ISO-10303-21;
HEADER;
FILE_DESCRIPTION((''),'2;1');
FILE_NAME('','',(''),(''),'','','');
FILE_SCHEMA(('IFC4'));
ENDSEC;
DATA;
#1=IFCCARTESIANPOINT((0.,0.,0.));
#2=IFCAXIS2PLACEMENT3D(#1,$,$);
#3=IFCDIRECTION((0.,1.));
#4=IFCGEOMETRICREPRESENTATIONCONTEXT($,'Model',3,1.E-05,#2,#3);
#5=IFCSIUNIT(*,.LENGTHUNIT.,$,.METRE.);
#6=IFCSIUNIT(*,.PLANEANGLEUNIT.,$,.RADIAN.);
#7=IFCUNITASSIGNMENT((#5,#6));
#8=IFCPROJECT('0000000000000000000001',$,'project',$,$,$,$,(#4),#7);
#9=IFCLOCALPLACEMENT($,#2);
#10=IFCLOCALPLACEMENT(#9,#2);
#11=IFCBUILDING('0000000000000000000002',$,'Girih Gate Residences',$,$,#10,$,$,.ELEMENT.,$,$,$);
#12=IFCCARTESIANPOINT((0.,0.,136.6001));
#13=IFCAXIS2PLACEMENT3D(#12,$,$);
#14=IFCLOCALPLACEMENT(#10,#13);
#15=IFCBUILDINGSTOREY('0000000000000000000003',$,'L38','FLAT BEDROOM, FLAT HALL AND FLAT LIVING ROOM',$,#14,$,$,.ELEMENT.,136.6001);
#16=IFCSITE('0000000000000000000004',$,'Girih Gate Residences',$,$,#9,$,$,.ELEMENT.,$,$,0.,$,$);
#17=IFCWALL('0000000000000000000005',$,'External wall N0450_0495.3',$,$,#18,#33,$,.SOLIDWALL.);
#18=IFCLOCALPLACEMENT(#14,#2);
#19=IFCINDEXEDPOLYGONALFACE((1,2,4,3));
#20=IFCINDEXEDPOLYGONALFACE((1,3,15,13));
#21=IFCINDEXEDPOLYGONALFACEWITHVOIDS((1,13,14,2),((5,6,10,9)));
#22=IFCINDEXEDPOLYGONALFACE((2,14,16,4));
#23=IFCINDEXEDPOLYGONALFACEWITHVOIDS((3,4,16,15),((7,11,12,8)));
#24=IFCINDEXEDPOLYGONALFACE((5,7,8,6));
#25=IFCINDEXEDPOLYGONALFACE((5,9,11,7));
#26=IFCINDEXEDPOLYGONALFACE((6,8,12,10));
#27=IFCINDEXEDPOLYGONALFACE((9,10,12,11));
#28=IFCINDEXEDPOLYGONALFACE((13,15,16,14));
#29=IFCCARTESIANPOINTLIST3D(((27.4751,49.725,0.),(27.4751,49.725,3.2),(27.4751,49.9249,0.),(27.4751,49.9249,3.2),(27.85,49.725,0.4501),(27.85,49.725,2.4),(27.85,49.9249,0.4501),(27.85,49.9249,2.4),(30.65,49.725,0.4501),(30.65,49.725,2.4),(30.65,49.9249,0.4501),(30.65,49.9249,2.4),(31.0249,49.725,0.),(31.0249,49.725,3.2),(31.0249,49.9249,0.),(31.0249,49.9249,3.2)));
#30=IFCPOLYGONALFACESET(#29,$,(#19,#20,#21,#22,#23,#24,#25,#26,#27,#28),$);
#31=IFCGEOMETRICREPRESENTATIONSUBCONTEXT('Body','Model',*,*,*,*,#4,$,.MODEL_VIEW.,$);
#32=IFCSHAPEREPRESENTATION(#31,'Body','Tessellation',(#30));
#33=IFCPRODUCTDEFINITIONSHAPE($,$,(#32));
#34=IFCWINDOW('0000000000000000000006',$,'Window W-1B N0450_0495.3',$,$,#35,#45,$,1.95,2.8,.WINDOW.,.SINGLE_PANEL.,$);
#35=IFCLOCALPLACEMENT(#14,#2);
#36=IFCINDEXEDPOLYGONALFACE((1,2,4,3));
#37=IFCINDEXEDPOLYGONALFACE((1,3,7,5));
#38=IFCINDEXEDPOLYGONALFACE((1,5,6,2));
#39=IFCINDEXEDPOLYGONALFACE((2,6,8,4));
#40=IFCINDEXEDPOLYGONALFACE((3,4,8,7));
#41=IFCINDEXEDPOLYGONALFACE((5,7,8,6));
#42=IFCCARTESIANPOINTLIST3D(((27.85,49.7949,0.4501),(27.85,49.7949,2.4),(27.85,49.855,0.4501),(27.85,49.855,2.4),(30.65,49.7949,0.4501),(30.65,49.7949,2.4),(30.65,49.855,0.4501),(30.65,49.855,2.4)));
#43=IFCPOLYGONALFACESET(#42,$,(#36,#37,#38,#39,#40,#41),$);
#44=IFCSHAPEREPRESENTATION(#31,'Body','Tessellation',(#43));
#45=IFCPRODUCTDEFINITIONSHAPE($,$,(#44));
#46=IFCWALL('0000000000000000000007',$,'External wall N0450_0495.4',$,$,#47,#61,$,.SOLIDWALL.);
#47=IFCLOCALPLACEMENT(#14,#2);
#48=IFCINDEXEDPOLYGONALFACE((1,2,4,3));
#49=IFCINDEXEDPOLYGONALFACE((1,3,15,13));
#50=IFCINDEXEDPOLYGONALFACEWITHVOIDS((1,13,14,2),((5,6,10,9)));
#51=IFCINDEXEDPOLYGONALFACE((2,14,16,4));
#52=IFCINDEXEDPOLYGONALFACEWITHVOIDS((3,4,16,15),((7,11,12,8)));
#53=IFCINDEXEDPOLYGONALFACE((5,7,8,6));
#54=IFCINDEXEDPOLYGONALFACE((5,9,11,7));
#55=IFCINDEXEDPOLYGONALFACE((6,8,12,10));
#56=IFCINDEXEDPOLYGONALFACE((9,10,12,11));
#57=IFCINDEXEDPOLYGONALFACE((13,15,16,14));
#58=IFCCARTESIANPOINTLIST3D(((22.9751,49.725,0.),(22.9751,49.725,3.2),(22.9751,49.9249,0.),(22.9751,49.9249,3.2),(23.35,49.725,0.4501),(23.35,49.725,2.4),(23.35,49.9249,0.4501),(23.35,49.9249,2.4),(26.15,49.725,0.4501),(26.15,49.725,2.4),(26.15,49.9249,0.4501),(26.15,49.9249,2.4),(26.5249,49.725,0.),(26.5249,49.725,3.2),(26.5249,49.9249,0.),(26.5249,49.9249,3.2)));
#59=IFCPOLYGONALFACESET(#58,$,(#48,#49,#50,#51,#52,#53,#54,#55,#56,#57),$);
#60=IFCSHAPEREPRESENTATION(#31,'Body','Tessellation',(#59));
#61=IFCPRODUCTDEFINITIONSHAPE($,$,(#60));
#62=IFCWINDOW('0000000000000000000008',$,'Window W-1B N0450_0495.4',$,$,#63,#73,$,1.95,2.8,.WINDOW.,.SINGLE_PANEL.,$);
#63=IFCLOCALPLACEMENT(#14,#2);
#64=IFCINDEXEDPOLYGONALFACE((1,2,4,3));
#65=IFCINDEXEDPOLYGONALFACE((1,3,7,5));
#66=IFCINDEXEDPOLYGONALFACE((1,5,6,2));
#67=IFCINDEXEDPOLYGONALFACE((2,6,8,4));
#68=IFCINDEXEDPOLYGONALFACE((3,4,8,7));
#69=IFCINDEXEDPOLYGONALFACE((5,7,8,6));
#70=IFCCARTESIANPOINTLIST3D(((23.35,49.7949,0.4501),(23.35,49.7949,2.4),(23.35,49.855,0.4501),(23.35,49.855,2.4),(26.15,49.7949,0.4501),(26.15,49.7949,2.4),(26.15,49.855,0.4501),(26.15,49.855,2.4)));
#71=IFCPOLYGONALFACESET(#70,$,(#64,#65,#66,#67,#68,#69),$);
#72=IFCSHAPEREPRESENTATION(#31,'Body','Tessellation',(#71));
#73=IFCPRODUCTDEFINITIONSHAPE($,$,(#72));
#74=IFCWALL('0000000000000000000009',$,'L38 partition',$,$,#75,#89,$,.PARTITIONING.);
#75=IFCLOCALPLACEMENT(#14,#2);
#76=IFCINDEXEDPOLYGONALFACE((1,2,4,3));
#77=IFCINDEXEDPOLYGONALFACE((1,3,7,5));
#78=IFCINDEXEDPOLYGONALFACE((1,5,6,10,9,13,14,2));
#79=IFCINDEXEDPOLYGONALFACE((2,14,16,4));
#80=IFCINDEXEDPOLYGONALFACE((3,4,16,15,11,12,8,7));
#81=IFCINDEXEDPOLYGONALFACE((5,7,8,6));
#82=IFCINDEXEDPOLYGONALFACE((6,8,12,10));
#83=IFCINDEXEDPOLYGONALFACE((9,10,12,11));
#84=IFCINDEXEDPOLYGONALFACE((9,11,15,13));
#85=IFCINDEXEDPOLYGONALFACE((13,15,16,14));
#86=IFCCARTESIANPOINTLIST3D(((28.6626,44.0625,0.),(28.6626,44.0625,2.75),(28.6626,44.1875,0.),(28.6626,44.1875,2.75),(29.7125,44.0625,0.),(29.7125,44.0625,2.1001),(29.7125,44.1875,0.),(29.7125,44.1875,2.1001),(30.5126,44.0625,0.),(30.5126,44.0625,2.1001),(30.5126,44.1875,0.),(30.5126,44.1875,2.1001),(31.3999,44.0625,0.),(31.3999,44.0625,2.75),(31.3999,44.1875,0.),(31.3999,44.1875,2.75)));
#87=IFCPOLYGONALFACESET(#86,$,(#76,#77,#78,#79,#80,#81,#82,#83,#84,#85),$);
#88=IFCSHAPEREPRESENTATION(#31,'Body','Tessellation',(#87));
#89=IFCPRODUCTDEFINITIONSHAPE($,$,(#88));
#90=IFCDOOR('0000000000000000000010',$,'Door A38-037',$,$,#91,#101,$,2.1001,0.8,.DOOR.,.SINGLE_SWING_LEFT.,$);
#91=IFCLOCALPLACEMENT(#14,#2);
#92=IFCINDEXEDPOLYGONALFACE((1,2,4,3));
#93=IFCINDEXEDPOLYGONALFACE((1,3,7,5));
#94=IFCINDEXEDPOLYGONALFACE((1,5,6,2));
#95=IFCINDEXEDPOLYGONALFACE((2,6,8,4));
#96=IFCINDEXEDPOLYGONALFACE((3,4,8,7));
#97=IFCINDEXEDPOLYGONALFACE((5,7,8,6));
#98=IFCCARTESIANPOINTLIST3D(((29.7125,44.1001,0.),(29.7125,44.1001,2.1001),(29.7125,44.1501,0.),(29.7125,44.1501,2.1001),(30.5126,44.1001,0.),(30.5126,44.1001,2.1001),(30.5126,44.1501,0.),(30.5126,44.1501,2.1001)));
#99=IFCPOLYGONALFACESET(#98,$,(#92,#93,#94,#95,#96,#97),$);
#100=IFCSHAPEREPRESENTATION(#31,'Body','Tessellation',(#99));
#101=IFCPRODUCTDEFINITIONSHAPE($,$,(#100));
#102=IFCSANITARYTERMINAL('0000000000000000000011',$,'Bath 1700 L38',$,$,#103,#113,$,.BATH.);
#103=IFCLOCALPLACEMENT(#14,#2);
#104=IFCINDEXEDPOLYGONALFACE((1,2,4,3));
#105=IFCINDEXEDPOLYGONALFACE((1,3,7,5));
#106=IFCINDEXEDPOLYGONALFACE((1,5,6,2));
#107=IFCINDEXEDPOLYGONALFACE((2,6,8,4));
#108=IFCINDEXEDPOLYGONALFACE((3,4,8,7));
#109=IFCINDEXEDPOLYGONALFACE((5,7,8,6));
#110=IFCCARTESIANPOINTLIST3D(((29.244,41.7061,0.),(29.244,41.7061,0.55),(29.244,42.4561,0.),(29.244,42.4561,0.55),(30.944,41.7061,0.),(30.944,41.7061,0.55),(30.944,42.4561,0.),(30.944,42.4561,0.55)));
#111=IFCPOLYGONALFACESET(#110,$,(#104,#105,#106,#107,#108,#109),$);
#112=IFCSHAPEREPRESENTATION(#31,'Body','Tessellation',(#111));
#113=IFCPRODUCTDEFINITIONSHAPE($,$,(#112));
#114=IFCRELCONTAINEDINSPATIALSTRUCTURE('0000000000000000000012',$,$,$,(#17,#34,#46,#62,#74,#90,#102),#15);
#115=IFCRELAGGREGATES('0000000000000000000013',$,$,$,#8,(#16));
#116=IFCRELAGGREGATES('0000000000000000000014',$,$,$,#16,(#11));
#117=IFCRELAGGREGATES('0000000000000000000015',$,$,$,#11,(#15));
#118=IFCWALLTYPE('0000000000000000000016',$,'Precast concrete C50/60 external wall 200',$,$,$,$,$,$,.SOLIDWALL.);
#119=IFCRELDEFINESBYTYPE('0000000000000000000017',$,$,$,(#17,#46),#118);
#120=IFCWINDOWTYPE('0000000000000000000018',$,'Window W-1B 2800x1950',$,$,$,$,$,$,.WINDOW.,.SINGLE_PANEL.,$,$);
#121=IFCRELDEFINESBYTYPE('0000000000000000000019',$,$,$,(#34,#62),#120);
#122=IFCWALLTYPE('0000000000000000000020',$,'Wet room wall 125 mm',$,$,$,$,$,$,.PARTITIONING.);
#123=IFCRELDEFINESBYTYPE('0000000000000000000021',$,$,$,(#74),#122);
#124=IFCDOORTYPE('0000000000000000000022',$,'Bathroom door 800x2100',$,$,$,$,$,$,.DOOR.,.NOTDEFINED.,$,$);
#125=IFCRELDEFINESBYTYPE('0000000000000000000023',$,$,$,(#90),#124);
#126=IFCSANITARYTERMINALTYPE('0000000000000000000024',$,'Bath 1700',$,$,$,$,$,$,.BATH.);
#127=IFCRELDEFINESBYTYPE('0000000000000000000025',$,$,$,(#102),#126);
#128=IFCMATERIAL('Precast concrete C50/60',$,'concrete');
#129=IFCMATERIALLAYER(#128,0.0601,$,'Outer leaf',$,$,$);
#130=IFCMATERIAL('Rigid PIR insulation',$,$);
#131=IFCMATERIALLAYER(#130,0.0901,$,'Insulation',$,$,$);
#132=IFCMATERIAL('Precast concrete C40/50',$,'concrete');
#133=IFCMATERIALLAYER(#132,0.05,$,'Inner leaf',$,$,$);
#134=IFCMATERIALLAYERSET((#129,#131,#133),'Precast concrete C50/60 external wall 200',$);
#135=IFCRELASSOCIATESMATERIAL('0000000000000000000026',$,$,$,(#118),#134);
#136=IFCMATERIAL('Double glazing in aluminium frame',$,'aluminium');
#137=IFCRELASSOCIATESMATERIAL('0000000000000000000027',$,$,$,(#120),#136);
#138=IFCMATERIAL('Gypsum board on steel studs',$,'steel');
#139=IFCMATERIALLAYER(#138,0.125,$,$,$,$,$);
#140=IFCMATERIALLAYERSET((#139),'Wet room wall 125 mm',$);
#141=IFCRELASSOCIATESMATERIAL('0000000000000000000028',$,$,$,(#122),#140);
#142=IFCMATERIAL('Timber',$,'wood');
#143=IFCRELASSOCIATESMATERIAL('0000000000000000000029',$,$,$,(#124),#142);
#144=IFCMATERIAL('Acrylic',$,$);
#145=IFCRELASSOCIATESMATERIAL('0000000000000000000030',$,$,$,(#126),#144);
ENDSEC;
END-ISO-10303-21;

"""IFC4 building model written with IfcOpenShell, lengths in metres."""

from ifc_helpers import new_model, si_unit, direction, frame, frame_2d, origin, origin_2d, place, context, subcontext, project, spatial, rectangle, extrude, material, layer, layer_set, type_object, element, fill, save


model = new_model("IFC4")

# Units and contexts
model_context = context("Model", 3, precision=1e-05, world=origin(), true_north=direction((0.0, 1.0)))
body_context = subcontext(model_context, "Body", "Model", "MODEL_VIEW")
ifc_project = project(units=[si_unit("LENGTHUNIT", "METRE"), si_unit("PLANEANGLEUNIT", "RADIAN")], contexts=[model_context])

# Site, building, storey
site_placement = place(None, origin())
site = spatial("IfcSite", under=ifc_project, at=site_placement, Name="Girih Gate Residences", CompositionType="ELEMENT", RefElevation=0.0)
building_placement = place(site_placement, origin())
building = spatial("IfcBuilding", under=site, at=building_placement, Name="Girih Gate Residences", CompositionType="ELEMENT")
storey_placement = place(building_placement, frame((0.0, 0.0, 136.6001)))
storey = spatial("IfcBuildingStorey", under=building, at=storey_placement, Name="L38", Description="FLAT BEDROOM, FLAT HALL AND FLAT LIVING ROOM", CompositionType="ELEMENT", Elevation=136.6001)

# Shared definitions
ifc_material_1 = material(Name="Gypsum board on steel studs", Category="steel")

# Shared definitions
ifc_material_2 = material(Name="Timber", Category="wood")

# Walls, openings, windows
ifc_material_3 = material(Name="Precast concrete C50/60", Category="concrete")
ifc_layer_1 = layer(ifc_material_3, 0.0601, Name="Outer leaf")
ifc_material_4 = material(Name="Rigid PIR insulation")
ifc_layer_2 = layer(ifc_material_4, 0.0901, Name="Insulation")
ifc_material_5 = material(Name="Precast concrete C40/50", Category="concrete")
ifc_layer_3 = layer(ifc_material_5, 0.05, Name="Inner leaf")
ifc_layer_set_1 = layer_set([ifc_layer_1, ifc_layer_2, ifc_layer_3], Name="Precast concrete C50/60 external wall 200")
wall_type_1 = type_object("IfcWallType", Name="Precast concrete C50/60 external wall 200", PredefinedType="SOLIDWALL", material=ifc_layer_set_1)
wall_1_placement = place(storey_placement, frame((27.4751, 49.825, 0.0), z_axis=(0.0, 0.0, 1.0), x_axis=(1.0, 0.0, 0.0)))
wall_1 = element("IfcWall", 1, at=wall_1_placement, inside=storey, type_object=wall_type_1, Name="External wall N0450_0495.3", PredefinedType="SOLIDWALL", context=body_context, shape_type="SweptSolid", body=[
    extrude(rectangle(XDim=3.5498, YDim=0.2, at=frame_2d((1.7749, 0.0))), origin(), (0.0, 0.0, 1.0), 3.2),
])
opening_1_placement = place(wall_1_placement, frame((0.375, 0.0, 0.45)))
opening_1 = element("IfcOpeningElement", 2, at=opening_1_placement, cuts=wall_1, PredefinedType="OPENING", context=body_context, shape_type="SweptSolid", body=[
    extrude(rectangle(XDim=2.8, YDim=1.95, at=frame_2d((1.3999, 0.9751))), frame((0.0, 0.1099, 0.0), z_axis=(0.0, -1.0, 0.0), x_axis=(1.0, 0.0, 0.0)), (0.0, 0.0, 1.0), 0.22),
])
ifc_material_6 = material(Name="Double glazing in aluminium frame", Category="aluminium")
window_type = type_object("IfcWindowType", Name="Window W-1B 2800x1950", PartitioningType="SINGLE_PANEL", PredefinedType="WINDOW", material=ifc_material_6)
window_1_placement = place(opening_1_placement, origin())
window_1 = element("IfcWindow", 3, at=window_1_placement, inside=storey, type_object=window_type, Name="Window W-1B N0450_0495.3", OverallHeight=1.95, OverallWidth=2.8, PartitioningType="SINGLE_PANEL", PredefinedType="WINDOW", context=body_context, shape_type="SweptSolid", body=[
    extrude(rectangle(XDim=2.8, YDim=1.95, at=frame_2d((1.3999, 0.9751))), frame((0.0, 0.03, 0.0), z_axis=(0.0, -1.0, 0.0), x_axis=(1.0, 0.0, 0.0)), (0.0, 0.0, 1.0), 0.0601),
])
fill(opening_1, window_1)
wall_2_placement = place(storey_placement, frame((22.9751, 49.825, 0.0), z_axis=(0.0, 0.0, 1.0), x_axis=(1.0, 0.0, 0.0)))
wall_2 = element("IfcWall", 4, at=wall_2_placement, inside=storey, type_object=wall_type_1, Name="External wall N0450_0495.4", PredefinedType="SOLIDWALL", context=body_context, shape_type="SweptSolid", body=[
    extrude(rectangle(XDim=3.5498, YDim=0.2, at=frame_2d((1.7749, 0.0))), origin(), (0.0, 0.0, 1.0), 3.2),
])
opening_2_placement = place(wall_2_placement, frame((0.375, 0.0, 0.45)))
opening_2 = element("IfcOpeningElement", 5, at=opening_2_placement, cuts=wall_2, PredefinedType="OPENING", context=body_context, shape_type="SweptSolid", body=[
    extrude(rectangle(XDim=2.8, YDim=1.95, at=frame_2d((1.3999, 0.9751))), frame((0.0, 0.1099, 0.0), z_axis=(0.0, -1.0, 0.0), x_axis=(1.0, 0.0, 0.0)), (0.0, 0.0, 1.0), 0.22),
])
window_2_placement = place(opening_2_placement, origin())
window_2 = element("IfcWindow", 6, at=window_2_placement, inside=storey, type_object=window_type, Name="Window W-1B N0450_0495.4", OverallHeight=1.95, OverallWidth=2.8, PartitioningType="SINGLE_PANEL", PredefinedType="WINDOW", context=body_context, shape_type="SweptSolid", body=[
    extrude(rectangle(XDim=2.8, YDim=1.95, at=frame_2d((1.3999, 0.9751))), frame((0.0, 0.03, 0.0), z_axis=(0.0, -1.0, 0.0), x_axis=(1.0, 0.0, 0.0)), (0.0, 0.0, 1.0), 0.0601),
])
fill(opening_2, window_2)

# Wall, opening, door
ifc_layer_4 = layer(ifc_material_1, 0.125)
ifc_layer_set_2 = layer_set([ifc_layer_4], Name="Wet room wall 125 mm")
wall_type_2 = type_object("IfcWallType", Name="Wet room wall 125 mm", PredefinedType="PARTITIONING", material=ifc_layer_set_2)
wall_3_placement = place(storey_placement, frame((31.3999, 44.125, 0.0), z_axis=(0.0, 0.0, 1.0), x_axis=(-1.0, 0.0, 0.0)))
wall_3 = element("IfcWall", 7, at=wall_3_placement, inside=storey, type_object=wall_type_2, Name="L38 partition", PredefinedType="PARTITIONING", context=body_context, shape_type="SweptSolid", body=[
    extrude(rectangle(XDim=2.7373, YDim=0.125, at=frame_2d((1.3687, 0.0))), origin(), (0.0, 0.0, 1.0), 2.75),
])
opening_3_placement = place(wall_3_placement, frame((0.8875, 0.0, 0.0)))
opening_3 = element("IfcOpeningElement", 8, at=opening_3_placement, cuts=wall_3, PredefinedType="OPENING", context=body_context, shape_type="SweptSolid", body=[
    extrude(rectangle(XDim=0.8, YDim=2.1001, at=frame_2d((0.3999, 1.05))), frame((0.0, 0.0725, 0.0), z_axis=(0.0, -1.0, 0.0), x_axis=(1.0, 0.0, 0.0)), (0.0, 0.0, 1.0), 0.145),
])
door_type_1 = type_object("IfcDoorType", Name="Bathroom door 800x2100", OperationType="NOTDEFINED", PredefinedType="DOOR", material=ifc_material_2)
door_1_placement = place(opening_3_placement, origin())
door_1 = element("IfcDoor", 9, at=door_1_placement, inside=storey, type_object=door_type_1, Name="Door A38-037", OperationType="SINGLE_SWING_LEFT", OverallHeight=2.1001, OverallWidth=0.8, PredefinedType="DOOR", context=body_context, shape_type="SweptSolid", body=[
    extrude(rectangle(XDim=0.8, YDim=2.1001, at=frame_2d((0.3999, 1.05))), frame((0.0, 0.0249, 0.0), z_axis=(0.0, -1.0, 0.0), x_axis=(1.0, 0.0, 0.0)), (0.0, 0.0, 1.0), 0.05),
])
fill(opening_3, door_1)

# Sanitary terminal
ifc_material_7 = material(Name="Acrylic")
sanitary_terminal_type = type_object("IfcSanitaryTerminalType", Name="Bath 1700", PredefinedType="BATH", material=ifc_material_7)
sanitary_terminal_placement = place(storey_placement, frame((30.094, 42.0811, 0.0), z_axis=(0.0, 0.0, 1.0), x_axis=(1.0, 0.0, 0.0)))
element("IfcSanitaryTerminal", 10, at=sanitary_terminal_placement, inside=storey, type_object=sanitary_terminal_type, Name="Bath 1700 L38", PredefinedType="BATH", context=body_context, shape_type="SweptSolid", body=[
    extrude(rectangle(XDim=1.7, YDim=0.75, at=origin_2d()), origin(), (0.0, 0.0, 1.0), 0.55),
])

save(model, "model.ifc")
